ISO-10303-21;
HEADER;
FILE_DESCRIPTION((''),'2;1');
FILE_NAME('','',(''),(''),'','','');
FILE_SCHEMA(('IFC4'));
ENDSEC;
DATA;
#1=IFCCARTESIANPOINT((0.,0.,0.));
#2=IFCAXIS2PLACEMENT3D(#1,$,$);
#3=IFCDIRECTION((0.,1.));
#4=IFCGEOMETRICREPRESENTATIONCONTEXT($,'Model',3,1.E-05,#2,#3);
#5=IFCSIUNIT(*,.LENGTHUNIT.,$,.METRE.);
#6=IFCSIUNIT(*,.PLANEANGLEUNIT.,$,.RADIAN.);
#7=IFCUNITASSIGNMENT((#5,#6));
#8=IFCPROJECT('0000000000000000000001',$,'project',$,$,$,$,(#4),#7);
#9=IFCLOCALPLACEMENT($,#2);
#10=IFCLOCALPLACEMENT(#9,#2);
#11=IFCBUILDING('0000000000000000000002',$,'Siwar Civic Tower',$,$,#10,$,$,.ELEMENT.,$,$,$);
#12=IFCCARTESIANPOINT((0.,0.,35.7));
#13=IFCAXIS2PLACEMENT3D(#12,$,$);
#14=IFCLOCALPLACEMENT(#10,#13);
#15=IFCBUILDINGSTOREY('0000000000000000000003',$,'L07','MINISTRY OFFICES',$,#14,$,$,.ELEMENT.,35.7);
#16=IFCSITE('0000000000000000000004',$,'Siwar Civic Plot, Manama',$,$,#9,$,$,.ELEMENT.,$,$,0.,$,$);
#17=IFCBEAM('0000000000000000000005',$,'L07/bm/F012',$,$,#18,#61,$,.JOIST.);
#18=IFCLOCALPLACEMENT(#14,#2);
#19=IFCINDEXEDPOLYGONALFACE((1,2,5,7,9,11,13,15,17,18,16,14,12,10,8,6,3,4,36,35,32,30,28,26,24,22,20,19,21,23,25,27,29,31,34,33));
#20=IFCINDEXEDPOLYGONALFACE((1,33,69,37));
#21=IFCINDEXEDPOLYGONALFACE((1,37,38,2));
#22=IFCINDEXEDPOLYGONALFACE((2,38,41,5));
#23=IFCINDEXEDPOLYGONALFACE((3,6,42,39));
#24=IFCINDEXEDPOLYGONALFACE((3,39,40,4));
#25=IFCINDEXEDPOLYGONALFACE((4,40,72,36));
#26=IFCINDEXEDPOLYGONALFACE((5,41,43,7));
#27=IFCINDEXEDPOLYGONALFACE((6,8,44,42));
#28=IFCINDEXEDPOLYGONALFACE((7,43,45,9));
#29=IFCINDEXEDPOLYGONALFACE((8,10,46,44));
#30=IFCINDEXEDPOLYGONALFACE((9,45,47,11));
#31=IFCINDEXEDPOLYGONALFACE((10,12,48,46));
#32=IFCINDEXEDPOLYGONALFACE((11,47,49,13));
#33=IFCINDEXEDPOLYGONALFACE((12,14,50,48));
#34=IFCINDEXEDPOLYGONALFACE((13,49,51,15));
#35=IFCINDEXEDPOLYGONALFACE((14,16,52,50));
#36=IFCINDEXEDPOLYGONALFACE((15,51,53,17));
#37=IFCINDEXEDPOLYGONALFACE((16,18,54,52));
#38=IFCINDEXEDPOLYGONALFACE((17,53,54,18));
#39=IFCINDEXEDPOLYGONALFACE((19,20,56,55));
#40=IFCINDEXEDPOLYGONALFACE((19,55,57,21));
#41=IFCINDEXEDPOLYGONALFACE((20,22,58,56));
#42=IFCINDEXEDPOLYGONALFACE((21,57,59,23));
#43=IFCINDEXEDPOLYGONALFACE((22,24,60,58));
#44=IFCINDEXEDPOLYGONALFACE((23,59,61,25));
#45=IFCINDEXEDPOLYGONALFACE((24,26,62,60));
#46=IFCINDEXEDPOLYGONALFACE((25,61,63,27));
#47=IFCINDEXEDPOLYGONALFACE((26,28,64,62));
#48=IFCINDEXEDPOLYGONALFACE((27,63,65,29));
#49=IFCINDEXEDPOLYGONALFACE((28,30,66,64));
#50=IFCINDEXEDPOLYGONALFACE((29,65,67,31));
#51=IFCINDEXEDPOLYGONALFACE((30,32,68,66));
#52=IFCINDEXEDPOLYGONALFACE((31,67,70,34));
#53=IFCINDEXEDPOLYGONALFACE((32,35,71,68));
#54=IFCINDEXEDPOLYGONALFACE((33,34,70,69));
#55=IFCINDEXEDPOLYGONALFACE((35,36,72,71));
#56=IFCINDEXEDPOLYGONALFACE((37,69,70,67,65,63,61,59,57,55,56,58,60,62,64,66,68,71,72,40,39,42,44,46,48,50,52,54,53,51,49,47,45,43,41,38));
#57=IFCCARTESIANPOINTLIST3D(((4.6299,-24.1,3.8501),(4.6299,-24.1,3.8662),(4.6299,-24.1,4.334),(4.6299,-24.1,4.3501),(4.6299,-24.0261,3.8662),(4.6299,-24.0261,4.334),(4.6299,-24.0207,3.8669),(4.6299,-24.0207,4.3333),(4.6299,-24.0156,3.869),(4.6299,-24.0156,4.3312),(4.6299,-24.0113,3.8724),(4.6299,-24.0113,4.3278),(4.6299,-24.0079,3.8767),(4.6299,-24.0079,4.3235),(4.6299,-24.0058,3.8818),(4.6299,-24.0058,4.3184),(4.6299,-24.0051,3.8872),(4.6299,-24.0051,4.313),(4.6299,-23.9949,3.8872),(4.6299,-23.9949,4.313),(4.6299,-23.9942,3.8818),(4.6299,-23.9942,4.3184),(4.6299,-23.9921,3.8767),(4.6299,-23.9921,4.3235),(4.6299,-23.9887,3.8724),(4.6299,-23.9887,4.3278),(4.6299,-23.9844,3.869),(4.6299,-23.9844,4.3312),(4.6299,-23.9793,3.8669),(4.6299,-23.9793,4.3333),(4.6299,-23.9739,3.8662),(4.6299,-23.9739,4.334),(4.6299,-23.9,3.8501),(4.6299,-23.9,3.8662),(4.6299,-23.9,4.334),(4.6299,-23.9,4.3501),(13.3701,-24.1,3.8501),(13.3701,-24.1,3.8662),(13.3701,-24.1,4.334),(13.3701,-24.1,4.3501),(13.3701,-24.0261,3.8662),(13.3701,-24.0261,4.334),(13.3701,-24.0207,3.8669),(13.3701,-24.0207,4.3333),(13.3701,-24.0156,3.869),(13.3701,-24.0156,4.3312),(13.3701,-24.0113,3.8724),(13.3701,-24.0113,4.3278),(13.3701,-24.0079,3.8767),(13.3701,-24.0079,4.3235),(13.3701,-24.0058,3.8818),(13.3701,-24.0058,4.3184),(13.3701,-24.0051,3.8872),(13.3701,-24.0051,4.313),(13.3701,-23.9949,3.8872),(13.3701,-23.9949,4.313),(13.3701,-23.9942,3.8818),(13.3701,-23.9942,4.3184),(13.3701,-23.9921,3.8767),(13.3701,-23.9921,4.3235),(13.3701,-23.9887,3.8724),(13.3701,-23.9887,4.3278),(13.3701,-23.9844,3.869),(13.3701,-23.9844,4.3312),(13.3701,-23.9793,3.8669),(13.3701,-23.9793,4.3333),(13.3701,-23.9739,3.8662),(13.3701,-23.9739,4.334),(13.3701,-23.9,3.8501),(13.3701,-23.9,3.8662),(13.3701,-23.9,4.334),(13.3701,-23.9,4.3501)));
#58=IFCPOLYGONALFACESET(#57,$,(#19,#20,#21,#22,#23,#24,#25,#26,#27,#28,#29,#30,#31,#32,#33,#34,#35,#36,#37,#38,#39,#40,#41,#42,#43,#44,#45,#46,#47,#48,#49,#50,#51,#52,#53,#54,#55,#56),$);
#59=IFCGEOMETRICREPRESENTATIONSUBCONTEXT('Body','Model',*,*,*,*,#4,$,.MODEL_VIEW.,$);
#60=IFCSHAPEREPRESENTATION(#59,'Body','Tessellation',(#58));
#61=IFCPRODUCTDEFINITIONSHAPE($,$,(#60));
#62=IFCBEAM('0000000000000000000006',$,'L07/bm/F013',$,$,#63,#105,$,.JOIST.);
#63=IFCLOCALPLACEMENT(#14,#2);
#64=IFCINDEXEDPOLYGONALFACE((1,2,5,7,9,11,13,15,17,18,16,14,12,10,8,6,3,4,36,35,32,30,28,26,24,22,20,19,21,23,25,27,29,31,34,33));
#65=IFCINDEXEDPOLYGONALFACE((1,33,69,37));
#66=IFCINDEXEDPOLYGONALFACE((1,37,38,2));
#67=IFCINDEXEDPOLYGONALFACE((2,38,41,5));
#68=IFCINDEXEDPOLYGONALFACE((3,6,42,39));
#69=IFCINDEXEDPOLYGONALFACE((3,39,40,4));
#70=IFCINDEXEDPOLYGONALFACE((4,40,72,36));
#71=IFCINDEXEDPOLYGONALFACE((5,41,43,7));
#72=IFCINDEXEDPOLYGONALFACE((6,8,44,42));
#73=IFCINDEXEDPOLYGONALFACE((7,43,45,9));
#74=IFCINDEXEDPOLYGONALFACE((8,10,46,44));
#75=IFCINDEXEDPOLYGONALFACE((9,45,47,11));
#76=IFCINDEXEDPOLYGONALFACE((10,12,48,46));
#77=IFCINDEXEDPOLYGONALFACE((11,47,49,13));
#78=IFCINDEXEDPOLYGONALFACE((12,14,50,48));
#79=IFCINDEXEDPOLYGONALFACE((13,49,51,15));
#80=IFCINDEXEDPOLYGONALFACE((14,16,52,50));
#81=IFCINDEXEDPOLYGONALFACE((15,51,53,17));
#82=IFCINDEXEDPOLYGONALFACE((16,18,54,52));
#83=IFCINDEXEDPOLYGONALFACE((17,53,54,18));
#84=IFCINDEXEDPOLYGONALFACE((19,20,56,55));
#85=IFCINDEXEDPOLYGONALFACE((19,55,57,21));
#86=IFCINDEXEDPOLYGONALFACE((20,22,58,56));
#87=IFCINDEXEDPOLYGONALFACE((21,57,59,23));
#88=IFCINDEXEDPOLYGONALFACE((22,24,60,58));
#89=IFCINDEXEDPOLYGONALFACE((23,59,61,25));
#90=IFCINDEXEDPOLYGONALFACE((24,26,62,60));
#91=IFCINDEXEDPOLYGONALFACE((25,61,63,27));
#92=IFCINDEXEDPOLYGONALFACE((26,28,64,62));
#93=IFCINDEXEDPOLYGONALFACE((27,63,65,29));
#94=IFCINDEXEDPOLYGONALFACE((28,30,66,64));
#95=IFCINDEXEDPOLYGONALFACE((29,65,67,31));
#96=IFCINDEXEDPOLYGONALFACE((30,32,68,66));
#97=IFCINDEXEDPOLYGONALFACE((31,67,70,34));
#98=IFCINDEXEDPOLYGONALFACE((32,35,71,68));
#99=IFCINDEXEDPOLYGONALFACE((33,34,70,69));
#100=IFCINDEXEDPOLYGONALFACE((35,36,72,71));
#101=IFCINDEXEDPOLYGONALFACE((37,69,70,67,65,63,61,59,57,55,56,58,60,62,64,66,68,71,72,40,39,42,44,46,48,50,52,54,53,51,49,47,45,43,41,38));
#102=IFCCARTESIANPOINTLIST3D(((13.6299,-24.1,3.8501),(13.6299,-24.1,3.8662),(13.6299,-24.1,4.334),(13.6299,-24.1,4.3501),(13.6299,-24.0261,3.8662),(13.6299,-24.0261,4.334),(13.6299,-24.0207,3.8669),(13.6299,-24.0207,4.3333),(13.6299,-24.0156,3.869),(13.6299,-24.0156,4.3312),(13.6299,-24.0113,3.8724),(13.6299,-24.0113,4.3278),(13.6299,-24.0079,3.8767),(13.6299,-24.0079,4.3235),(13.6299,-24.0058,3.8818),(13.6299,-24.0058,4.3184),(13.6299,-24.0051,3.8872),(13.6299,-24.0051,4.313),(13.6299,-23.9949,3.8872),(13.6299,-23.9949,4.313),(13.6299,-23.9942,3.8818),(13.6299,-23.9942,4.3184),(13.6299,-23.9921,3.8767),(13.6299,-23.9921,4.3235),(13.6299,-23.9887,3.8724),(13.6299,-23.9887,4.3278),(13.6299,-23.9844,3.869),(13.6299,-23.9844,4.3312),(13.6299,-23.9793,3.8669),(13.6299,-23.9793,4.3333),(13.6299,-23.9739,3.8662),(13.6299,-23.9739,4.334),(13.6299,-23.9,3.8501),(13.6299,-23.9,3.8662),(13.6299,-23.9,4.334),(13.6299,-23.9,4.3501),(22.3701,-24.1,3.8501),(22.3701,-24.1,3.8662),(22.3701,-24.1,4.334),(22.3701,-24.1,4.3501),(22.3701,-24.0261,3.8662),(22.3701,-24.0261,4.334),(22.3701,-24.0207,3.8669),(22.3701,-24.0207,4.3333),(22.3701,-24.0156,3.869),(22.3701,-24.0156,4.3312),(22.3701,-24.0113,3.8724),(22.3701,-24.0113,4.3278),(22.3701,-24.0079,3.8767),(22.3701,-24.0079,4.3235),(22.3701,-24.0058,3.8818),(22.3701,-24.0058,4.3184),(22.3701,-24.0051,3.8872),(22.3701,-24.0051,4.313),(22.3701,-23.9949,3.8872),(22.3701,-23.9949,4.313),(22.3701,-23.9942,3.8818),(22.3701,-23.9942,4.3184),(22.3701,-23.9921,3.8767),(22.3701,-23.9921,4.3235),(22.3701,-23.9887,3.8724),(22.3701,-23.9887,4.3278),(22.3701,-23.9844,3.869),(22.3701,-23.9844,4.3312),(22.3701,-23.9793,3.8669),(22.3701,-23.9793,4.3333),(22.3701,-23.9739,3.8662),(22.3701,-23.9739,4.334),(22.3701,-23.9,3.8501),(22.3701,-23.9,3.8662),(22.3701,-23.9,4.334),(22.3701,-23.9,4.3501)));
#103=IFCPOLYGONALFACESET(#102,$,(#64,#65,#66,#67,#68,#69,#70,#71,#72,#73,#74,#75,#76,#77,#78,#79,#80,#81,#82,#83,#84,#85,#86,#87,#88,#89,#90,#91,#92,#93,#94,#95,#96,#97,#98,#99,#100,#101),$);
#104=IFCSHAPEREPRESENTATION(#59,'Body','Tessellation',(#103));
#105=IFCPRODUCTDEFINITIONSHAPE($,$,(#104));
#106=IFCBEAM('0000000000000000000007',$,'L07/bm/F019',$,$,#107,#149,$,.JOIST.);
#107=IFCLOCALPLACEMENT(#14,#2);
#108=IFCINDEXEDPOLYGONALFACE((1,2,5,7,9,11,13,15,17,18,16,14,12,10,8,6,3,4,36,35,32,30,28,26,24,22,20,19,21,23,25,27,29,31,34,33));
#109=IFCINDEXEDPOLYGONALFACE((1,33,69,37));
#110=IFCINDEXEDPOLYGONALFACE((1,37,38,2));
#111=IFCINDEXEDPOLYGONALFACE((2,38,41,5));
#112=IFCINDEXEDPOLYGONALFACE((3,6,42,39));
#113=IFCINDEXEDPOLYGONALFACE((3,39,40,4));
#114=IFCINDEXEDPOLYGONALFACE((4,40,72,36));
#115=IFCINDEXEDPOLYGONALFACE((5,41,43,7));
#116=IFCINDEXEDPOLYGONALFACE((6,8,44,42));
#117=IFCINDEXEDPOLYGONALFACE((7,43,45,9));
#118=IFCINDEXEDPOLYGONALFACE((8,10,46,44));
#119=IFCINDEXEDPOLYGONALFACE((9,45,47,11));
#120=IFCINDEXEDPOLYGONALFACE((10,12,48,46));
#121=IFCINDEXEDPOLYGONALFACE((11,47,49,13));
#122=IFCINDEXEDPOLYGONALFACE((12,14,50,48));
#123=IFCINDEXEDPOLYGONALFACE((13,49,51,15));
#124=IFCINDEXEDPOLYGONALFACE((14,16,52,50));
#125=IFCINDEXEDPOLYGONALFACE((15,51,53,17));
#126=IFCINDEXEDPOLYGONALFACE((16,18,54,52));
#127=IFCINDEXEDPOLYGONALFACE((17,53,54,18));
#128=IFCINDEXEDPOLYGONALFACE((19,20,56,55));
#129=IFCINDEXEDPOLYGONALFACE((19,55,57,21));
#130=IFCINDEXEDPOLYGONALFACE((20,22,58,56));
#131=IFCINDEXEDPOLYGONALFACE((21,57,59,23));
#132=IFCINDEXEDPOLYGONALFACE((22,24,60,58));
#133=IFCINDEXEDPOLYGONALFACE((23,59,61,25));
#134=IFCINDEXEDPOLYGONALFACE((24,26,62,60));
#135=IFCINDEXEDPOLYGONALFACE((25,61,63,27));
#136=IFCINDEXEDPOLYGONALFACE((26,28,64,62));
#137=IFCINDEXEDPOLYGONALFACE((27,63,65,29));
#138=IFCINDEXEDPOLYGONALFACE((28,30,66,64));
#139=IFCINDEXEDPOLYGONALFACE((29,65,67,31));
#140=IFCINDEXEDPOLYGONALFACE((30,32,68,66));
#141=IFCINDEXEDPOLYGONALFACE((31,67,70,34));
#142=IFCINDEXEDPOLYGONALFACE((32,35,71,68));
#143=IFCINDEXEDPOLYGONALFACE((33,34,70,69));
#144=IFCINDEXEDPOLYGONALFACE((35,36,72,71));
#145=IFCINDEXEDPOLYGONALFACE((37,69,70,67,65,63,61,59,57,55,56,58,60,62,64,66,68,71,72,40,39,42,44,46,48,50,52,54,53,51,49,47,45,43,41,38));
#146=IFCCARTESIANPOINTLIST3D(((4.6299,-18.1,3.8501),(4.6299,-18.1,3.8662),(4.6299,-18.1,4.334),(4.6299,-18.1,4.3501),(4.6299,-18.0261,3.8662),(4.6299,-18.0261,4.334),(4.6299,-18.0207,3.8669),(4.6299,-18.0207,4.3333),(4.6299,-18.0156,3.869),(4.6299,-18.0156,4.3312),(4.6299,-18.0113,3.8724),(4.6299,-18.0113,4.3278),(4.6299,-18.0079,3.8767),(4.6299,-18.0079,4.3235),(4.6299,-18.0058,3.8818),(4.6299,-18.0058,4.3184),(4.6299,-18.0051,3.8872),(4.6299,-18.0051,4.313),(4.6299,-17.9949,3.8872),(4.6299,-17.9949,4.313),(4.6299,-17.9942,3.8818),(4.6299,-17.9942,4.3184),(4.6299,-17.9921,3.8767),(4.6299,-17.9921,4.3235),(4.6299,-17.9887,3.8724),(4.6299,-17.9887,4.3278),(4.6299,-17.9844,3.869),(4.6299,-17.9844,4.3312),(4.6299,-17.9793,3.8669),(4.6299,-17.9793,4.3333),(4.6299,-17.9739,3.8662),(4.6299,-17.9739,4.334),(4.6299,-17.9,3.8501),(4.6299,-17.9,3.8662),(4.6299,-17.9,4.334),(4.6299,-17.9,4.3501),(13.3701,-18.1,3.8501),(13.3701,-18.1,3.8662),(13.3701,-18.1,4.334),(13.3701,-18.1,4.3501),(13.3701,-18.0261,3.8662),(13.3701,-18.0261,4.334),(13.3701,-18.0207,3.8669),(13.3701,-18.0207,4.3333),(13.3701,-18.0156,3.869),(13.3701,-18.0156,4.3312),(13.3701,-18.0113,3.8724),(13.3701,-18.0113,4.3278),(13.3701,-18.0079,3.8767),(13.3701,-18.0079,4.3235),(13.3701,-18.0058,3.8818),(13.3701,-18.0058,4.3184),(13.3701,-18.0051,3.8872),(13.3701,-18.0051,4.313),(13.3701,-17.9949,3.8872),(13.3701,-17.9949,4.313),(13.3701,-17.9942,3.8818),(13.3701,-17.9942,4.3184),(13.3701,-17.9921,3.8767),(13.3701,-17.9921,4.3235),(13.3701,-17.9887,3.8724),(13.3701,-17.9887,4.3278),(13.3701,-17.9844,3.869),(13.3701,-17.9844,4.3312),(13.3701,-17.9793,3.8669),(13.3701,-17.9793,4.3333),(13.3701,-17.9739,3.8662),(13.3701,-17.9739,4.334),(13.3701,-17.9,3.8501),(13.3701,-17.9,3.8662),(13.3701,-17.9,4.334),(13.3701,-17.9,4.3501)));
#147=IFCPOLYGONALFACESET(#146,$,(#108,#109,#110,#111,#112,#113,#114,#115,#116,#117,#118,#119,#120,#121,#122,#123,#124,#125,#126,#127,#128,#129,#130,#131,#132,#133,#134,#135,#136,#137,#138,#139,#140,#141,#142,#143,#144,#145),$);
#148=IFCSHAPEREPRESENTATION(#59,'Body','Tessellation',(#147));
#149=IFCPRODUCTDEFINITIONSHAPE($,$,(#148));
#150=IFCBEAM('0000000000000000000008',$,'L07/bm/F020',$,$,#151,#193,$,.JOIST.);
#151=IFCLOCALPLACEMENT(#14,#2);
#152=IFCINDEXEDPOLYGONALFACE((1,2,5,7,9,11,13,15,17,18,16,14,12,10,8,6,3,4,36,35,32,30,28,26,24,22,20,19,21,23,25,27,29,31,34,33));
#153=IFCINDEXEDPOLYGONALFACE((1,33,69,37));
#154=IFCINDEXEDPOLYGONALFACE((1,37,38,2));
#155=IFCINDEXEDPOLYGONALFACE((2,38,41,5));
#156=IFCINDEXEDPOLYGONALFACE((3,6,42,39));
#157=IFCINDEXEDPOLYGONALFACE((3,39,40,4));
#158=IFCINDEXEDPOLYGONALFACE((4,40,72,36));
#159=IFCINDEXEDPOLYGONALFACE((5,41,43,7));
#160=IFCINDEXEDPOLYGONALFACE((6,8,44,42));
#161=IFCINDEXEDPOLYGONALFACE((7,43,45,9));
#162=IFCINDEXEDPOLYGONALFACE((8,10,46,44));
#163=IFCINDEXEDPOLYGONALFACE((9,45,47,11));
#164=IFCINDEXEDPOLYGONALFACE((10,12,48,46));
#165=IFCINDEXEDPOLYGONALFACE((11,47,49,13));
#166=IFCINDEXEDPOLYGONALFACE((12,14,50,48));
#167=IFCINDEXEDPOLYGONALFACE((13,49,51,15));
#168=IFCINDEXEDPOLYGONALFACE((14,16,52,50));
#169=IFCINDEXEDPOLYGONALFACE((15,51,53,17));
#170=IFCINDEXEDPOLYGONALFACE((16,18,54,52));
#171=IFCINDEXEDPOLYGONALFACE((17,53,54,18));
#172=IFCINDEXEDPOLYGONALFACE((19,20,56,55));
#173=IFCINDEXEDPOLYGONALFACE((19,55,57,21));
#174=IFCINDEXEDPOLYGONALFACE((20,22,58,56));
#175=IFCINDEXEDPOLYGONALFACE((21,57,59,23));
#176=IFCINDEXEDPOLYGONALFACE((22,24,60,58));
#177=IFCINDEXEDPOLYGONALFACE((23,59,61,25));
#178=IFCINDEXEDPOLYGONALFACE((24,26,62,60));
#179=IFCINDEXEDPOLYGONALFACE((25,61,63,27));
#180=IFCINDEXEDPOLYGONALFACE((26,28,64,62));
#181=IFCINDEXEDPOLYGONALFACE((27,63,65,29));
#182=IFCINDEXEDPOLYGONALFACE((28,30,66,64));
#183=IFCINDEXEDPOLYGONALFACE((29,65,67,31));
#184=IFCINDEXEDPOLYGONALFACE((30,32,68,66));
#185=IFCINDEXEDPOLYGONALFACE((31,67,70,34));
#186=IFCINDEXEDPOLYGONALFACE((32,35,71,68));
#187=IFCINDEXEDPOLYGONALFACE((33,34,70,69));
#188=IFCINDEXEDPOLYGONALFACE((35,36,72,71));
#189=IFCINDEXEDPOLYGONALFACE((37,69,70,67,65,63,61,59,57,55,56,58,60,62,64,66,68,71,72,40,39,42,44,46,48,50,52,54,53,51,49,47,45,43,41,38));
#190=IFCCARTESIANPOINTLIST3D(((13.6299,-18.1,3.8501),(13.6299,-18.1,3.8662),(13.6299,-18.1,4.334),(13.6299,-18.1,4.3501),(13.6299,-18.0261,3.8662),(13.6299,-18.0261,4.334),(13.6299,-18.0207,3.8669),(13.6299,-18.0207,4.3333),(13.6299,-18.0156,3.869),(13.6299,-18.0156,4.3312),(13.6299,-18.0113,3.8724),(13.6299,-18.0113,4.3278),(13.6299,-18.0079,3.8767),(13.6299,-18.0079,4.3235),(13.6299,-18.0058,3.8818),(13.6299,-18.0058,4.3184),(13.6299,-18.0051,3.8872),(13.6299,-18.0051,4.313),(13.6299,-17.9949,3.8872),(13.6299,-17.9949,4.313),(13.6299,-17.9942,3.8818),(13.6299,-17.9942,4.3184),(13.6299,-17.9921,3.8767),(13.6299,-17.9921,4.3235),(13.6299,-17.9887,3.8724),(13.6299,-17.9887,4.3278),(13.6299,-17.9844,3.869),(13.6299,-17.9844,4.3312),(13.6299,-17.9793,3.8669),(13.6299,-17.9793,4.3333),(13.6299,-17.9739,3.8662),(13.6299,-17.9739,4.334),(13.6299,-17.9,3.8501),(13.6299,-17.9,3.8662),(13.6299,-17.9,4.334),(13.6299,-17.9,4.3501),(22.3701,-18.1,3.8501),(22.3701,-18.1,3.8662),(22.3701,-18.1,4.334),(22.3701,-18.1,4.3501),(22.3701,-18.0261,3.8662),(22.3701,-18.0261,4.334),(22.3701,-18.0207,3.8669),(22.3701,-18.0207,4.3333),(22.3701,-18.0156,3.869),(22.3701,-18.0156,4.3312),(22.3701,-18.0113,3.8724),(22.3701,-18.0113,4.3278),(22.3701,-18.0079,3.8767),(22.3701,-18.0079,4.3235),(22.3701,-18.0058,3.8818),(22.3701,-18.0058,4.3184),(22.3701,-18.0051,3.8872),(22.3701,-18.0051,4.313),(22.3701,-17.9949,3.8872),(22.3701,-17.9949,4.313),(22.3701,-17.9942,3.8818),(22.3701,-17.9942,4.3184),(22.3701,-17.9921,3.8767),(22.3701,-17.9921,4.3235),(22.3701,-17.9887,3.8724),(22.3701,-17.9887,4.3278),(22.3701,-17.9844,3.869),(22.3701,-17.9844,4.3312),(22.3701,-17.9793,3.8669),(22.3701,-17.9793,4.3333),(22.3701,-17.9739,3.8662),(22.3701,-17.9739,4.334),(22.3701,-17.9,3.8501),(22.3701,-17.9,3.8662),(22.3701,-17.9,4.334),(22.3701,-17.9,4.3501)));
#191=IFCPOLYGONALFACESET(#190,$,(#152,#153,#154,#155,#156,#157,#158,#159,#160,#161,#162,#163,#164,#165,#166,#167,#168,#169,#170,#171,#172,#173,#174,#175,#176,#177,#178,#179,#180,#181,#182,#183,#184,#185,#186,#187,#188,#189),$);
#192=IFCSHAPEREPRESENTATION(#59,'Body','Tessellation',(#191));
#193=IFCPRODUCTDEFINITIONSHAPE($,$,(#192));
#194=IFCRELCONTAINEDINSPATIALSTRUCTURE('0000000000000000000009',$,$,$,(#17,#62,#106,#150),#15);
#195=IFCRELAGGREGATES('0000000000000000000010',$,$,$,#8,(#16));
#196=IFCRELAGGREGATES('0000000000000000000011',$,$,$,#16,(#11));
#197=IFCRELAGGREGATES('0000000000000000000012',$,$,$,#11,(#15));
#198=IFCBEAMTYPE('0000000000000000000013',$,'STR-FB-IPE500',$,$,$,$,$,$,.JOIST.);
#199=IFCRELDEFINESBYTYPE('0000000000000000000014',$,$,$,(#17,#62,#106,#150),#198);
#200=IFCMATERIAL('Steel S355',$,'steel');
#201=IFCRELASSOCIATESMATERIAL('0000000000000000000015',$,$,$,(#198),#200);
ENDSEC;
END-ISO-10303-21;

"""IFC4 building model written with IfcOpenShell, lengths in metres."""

from ifc_helpers import new_model, si_unit, direction, frame, origin, origin_2d, place, context, subcontext, project, spatial, i_section, extrude, material, material_profile, profile_set, type_object, element, save


model = new_model("IFC4")

# Units and contexts
model_context = context("Model", 3, precision=1e-05, world=origin(), true_north=direction((0.0, 1.0)))
body_context = subcontext(model_context, "Body", "Model", "MODEL_VIEW")
ifc_project = project(units=[si_unit("LENGTHUNIT", "METRE"), si_unit("PLANEANGLEUNIT", "RADIAN")], contexts=[model_context])

# Site, building, storey
site_placement = place(None, origin())
site = spatial("IfcSite", under=ifc_project, at=site_placement, Name="Siwar Civic Plot, Manama", CompositionType="ELEMENT", RefElevation=0.0)
building_placement = place(site_placement, origin())
building = spatial("IfcBuilding", under=site, at=building_placement, Name="Siwar Civic Tower", CompositionType="ELEMENT")
storey_placement = place(building_placement, frame((0.0, 0.0, 35.7)))
storey = spatial("IfcBuildingStorey", under=building, at=storey_placement, Name="L07", Description="MINISTRY OFFICES", CompositionType="ELEMENT", Elevation=35.7)

# Beams
ifc_material_1 = material(Name="Steel S355", Category="steel")
ifc_material_profile_1 = material_profile(ifc_material_1, i_section(OverallWidth=0.2, OverallDepth=0.5, WebThickness=0.0103, FlangeThickness=0.0161, FilletRadius=0.021, at=origin_2d()), Name="IPE500")
ifc_profile_set_1 = profile_set([ifc_material_profile_1], Name="Steel S355")
beam_type_1 = type_object("IfcBeamType", Name="STR-FB-IPE500", PredefinedType="JOIST", material=ifc_profile_set_1)
for number, where, z_axis, x_axis, name in (
    (1, (4.6299, -24.0, 4.1001), (1.0, 0.0, 0.0), (0.0, 1.0, 0.0), "L07/bm/F012"),
    (2, (13.6299, -24.0, 4.1001), (1.0, 0.0, 0.0), (0.0, 1.0, 0.0), "L07/bm/F013"),
    (3, (4.6299, -18.0, 4.1001), (1.0, 0.0, 0.0), (0.0, 1.0, 0.0), "L07/bm/F019"),
    (4, (13.6299, -18.0, 4.1001), (1.0, 0.0, 0.0), (0.0, 1.0, 0.0), "L07/bm/F020"),
):
    element("IfcBeam", number, at=place(storey_placement, frame(where, z_axis=z_axis, x_axis=x_axis)), inside=storey, type_object=beam_type_1, Name=name, PredefinedType="JOIST", context=body_context, shape_type="SweptSolid", body=[
        extrude(i_section(OverallWidth=0.2, OverallDepth=0.5, WebThickness=0.0103, FlangeThickness=0.0161, FilletRadius=0.021, at=origin_2d()), origin(), (0.0, 0.0, 1.0), 8.7402),
    ])

save(model, "model.ifc")
